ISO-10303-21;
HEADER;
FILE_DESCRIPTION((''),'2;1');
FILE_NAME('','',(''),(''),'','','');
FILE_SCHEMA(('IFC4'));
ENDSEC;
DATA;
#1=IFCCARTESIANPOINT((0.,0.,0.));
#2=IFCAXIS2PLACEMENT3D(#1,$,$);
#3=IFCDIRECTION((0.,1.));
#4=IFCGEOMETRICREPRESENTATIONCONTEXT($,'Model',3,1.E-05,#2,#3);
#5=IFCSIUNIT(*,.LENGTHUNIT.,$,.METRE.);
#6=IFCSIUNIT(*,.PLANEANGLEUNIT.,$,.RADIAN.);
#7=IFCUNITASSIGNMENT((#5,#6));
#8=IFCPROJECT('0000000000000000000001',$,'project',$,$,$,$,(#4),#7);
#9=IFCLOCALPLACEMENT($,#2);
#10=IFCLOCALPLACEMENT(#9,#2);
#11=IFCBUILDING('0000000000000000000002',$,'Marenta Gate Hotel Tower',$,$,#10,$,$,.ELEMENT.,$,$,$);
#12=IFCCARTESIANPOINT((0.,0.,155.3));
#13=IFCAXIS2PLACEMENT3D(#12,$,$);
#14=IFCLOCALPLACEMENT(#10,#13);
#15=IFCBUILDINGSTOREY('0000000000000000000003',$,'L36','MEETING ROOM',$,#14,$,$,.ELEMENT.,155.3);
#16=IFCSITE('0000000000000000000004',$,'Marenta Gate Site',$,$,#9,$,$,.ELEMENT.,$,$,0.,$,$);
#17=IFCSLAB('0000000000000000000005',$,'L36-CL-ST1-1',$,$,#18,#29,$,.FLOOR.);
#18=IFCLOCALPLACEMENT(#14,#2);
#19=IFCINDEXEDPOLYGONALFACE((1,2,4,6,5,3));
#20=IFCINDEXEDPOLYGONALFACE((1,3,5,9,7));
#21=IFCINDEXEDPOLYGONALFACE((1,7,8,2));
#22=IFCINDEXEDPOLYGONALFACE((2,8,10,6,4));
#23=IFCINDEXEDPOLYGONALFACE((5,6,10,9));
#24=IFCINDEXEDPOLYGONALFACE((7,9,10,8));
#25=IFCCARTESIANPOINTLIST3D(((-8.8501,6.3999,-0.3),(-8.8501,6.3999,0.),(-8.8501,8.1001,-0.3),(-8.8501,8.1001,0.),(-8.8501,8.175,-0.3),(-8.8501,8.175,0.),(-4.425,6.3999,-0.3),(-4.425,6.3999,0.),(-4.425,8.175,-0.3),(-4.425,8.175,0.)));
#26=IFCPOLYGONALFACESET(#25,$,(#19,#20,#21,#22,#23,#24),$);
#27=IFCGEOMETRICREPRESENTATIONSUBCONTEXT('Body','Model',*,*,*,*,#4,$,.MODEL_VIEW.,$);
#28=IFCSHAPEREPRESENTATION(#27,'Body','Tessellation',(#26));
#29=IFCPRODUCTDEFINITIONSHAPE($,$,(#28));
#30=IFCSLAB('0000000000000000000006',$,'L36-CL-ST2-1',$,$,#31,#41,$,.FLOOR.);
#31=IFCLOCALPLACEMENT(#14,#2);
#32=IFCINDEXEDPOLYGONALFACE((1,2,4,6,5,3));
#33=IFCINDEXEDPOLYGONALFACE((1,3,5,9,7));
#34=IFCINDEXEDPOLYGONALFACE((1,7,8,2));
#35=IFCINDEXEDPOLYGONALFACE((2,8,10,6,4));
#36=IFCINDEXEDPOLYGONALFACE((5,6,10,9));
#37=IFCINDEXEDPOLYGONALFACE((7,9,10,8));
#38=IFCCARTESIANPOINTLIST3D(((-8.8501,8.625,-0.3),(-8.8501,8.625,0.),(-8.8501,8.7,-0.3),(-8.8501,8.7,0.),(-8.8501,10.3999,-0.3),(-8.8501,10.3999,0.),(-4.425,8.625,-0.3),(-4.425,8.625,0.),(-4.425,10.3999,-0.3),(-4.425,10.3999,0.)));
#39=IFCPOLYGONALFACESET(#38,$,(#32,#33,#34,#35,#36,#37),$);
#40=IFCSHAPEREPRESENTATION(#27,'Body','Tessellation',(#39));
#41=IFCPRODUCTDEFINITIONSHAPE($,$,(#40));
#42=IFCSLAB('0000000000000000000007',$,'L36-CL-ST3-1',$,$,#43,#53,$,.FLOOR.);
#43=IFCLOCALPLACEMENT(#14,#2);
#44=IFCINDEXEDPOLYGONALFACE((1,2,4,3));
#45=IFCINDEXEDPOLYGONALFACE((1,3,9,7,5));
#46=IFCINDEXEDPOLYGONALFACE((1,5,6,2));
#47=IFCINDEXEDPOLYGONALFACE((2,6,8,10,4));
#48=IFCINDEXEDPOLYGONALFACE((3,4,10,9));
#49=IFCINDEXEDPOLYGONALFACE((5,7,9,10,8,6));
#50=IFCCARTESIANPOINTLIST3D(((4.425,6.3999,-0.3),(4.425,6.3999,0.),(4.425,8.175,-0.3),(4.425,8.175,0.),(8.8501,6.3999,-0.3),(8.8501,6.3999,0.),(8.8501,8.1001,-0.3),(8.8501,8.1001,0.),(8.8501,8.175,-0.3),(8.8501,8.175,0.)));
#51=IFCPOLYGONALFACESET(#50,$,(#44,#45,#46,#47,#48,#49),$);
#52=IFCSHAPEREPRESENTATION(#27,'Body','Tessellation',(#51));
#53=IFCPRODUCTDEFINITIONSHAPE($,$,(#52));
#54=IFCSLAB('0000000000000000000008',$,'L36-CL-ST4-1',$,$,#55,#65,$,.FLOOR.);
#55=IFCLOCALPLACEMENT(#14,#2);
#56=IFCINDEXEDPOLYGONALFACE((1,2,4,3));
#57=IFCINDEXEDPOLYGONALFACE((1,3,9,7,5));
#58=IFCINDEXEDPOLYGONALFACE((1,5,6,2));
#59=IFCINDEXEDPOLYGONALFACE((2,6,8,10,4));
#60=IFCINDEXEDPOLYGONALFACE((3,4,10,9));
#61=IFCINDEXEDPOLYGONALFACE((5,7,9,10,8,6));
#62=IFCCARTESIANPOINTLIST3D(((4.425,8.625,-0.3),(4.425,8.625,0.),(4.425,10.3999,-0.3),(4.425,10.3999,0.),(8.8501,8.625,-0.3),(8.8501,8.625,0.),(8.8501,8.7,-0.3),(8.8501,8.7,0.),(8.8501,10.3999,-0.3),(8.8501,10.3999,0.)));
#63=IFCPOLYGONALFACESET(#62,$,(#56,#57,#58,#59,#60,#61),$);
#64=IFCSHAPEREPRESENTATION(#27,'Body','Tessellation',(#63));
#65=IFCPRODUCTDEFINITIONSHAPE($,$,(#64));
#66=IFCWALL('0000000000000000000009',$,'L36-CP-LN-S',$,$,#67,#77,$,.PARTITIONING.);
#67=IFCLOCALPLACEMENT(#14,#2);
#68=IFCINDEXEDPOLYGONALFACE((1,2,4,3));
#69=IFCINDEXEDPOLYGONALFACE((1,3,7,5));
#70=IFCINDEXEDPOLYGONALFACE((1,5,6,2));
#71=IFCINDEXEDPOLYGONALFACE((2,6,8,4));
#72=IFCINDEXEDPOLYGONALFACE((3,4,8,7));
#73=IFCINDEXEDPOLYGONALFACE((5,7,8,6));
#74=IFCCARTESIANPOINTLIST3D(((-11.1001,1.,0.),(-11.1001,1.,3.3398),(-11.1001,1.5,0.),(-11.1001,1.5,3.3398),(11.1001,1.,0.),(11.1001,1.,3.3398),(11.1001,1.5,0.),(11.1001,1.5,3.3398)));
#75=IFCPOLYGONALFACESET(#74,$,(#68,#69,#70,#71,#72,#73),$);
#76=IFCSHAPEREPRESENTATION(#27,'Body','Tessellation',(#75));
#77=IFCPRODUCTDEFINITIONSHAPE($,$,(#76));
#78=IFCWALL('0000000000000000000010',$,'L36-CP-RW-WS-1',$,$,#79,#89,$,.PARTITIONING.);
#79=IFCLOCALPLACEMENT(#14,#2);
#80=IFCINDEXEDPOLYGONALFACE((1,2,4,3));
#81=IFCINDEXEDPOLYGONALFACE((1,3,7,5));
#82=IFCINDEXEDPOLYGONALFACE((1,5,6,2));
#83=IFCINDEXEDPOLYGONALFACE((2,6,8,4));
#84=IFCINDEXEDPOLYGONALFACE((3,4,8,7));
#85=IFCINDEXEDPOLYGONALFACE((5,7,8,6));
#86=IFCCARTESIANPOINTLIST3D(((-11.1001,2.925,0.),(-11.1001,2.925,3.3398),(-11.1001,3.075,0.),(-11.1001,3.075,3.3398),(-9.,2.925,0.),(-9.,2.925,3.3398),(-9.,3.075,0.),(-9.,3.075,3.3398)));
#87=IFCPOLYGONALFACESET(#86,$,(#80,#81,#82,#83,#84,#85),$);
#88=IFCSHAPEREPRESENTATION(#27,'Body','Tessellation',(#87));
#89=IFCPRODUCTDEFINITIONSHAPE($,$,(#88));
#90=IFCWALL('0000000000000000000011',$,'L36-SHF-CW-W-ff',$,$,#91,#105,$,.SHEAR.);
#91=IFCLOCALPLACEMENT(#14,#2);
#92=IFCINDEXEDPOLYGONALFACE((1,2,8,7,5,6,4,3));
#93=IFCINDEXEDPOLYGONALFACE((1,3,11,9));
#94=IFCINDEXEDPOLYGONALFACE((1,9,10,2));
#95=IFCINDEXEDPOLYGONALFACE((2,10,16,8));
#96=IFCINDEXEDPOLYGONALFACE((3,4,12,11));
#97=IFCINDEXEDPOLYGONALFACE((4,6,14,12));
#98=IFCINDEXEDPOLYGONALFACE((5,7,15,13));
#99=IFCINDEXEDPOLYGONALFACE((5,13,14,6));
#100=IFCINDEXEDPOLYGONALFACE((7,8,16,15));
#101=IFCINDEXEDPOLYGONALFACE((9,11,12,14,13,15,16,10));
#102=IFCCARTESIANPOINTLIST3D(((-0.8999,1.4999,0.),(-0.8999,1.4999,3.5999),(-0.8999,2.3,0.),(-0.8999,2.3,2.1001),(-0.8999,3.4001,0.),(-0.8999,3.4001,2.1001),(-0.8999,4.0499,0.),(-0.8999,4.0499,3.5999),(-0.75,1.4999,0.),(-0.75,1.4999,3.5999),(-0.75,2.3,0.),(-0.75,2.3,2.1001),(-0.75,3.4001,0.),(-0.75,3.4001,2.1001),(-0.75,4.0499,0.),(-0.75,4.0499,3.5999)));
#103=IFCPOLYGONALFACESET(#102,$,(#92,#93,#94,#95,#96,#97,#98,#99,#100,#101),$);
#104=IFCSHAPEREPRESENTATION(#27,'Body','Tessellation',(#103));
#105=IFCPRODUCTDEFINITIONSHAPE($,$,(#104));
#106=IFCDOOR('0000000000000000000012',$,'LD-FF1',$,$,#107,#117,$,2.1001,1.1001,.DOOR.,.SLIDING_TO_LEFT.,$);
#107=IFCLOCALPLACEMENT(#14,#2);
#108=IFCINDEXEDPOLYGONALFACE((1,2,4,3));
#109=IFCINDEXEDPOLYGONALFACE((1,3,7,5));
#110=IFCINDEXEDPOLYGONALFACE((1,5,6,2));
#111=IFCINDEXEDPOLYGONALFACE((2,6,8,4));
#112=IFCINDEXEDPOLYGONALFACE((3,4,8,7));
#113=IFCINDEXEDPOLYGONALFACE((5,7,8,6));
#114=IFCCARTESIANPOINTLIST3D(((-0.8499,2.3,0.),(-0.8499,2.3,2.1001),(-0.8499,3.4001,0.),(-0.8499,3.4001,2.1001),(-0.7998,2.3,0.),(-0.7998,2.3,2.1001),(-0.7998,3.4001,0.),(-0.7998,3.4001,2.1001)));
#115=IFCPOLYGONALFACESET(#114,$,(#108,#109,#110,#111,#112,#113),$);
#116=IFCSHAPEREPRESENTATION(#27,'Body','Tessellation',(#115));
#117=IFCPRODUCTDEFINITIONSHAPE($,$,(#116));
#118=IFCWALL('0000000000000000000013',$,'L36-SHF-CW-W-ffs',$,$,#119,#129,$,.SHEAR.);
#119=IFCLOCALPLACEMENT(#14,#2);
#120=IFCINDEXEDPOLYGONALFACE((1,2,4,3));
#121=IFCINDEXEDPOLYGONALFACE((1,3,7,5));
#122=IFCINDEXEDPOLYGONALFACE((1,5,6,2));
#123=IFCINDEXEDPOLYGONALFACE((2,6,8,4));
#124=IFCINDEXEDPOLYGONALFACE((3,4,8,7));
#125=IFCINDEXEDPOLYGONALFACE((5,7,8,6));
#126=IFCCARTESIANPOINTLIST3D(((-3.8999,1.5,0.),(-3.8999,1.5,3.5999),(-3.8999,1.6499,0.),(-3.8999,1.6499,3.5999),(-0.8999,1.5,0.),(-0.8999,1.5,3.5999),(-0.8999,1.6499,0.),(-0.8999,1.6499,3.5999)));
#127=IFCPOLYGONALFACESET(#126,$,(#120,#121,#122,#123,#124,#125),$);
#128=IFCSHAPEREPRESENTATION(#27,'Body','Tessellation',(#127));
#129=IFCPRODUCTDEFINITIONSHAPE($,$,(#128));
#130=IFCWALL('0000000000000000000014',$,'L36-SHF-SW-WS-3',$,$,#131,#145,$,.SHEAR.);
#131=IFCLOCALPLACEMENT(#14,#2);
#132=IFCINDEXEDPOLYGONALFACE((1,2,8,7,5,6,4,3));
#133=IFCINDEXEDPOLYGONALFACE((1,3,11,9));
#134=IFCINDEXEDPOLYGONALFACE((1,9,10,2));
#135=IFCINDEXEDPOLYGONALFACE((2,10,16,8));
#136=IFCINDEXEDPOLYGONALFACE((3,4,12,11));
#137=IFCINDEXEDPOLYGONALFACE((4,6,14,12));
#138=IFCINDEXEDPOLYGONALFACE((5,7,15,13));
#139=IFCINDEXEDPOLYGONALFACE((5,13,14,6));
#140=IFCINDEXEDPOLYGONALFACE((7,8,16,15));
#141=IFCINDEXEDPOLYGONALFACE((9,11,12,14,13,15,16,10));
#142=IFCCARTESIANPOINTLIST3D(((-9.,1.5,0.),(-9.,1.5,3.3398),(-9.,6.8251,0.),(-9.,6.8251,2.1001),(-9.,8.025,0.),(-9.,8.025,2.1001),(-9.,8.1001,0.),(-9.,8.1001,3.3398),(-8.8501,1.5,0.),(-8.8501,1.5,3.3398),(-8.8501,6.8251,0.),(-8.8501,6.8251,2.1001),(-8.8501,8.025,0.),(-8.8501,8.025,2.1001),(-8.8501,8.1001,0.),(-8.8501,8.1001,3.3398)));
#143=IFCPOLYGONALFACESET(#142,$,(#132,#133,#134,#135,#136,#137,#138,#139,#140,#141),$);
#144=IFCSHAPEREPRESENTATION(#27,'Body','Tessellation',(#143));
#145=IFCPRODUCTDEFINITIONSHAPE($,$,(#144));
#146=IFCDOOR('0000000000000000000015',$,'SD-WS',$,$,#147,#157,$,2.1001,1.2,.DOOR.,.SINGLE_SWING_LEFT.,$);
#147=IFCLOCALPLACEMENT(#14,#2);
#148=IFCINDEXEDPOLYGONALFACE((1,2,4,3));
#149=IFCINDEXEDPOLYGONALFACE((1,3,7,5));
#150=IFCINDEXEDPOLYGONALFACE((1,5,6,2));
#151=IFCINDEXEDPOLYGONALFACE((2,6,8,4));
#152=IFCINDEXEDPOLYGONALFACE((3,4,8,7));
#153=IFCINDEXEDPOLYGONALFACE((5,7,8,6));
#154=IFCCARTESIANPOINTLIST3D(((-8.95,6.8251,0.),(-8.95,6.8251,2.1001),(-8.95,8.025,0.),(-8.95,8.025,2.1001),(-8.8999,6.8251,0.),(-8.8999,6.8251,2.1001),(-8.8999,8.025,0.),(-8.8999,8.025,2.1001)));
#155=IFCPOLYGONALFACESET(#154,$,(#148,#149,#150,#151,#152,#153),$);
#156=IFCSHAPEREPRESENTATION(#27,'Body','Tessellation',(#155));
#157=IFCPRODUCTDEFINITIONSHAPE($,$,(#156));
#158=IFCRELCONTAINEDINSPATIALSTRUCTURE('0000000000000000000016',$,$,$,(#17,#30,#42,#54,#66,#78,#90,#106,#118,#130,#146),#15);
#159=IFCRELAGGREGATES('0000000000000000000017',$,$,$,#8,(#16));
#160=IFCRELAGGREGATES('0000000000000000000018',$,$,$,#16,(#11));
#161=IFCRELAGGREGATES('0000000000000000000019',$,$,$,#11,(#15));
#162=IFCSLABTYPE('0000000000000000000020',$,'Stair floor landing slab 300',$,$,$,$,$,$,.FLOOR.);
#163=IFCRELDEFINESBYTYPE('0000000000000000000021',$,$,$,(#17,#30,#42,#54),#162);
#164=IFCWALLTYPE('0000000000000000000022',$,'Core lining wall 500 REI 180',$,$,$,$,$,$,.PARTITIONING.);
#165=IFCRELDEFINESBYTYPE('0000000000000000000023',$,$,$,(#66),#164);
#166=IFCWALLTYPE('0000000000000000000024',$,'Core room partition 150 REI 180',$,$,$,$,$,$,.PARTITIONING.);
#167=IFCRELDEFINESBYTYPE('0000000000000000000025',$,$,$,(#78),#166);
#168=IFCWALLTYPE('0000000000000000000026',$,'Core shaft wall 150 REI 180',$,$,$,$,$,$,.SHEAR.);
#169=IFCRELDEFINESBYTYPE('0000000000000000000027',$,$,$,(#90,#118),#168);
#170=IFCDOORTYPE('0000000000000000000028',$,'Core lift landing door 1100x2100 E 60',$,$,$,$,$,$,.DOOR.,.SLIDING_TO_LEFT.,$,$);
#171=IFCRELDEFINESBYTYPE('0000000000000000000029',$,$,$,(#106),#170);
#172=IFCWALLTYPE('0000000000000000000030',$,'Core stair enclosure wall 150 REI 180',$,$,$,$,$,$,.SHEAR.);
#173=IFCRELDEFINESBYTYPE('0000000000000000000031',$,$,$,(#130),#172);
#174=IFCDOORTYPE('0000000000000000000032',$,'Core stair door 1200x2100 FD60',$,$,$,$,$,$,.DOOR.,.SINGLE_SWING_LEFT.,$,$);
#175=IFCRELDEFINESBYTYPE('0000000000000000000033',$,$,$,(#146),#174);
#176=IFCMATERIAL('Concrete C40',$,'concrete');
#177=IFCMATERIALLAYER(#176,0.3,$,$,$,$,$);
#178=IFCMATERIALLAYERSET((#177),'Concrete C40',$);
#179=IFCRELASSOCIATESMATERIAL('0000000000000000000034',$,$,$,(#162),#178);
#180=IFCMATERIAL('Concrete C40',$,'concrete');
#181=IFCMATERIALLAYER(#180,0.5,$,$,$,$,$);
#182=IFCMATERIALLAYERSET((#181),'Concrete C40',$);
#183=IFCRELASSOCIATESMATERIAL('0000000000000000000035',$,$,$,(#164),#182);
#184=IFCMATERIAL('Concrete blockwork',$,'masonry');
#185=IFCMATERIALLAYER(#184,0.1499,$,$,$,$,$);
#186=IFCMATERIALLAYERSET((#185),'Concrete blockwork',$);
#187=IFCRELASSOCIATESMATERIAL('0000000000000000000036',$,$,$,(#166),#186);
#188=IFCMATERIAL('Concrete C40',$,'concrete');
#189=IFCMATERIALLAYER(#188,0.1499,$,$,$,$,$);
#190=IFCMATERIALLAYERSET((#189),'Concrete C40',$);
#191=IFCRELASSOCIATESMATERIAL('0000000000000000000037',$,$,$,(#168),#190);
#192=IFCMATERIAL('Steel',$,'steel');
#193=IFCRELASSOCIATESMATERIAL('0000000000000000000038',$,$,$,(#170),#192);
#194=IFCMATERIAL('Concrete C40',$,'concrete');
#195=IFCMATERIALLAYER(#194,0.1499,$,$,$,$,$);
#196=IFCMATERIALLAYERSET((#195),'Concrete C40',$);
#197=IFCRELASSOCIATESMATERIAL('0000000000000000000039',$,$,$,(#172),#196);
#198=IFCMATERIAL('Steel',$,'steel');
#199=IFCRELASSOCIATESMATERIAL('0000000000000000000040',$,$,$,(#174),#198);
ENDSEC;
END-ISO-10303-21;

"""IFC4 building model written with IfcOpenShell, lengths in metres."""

from ifc_helpers import new_model, si_unit, direction, frame, frame_2d, origin, place, context, subcontext, project, spatial, polyline, rectangle, outline, extrude, material, layer, layer_set, type_object, element, fill, save


model = new_model("IFC4")

# Units and contexts
model_context = context("Model", 3, precision=1e-05, world=origin(), true_north=direction((0.0, 1.0)))
body_context = subcontext(model_context, "Body", "Model", "MODEL_VIEW")
ifc_project = project(units=[si_unit("LENGTHUNIT", "METRE"), si_unit("PLANEANGLEUNIT", "RADIAN")], contexts=[model_context])

# Site, building, storey
site_placement = place(None, origin())
site = spatial("IfcSite", under=ifc_project, at=site_placement, Name="Marenta Gate Site", CompositionType="ELEMENT", RefElevation=0.0)
building_placement = place(site_placement, origin())
building = spatial("IfcBuilding", under=site, at=building_placement, Name="Marenta Gate Hotel Tower", CompositionType="ELEMENT")
storey_placement = place(building_placement, frame((0.0, 0.0, 155.3)))
storey = spatial("IfcBuildingStorey", under=building, at=storey_placement, Name="L36", Description="MEETING ROOM", CompositionType="ELEMENT", Elevation=155.3)

# Slabs
ifc_material_1 = material(Name="Concrete C40", Category="concrete")
ifc_layer_1 = layer(ifc_material_1, 0.3)
ifc_layer_set_1 = layer_set([ifc_layer_1], Name="Concrete C40")
slab_type_1 = type_object("IfcSlabType", Name="Stair floor landing slab 300", PredefinedType="FLOOR", material=ifc_layer_set_1)
slab_1_placement = place(storey_placement, frame((0.0, 0.0, -0.3)))
element("IfcSlab", 1, at=slab_1_placement, inside=storey, type_object=slab_type_1, Name="L36-CL-ST1-1", PredefinedType="FLOOR", context=body_context, shape_type="SweptSolid", body=[
    extrude(outline(polyline([(-4.425, 6.3999), (-8.8501, 6.3999), (-8.8501, 8.1001), (-8.8501, 8.175), (-4.425, 8.175), (-4.425, 6.3999)])), origin(), (0.0, 0.0, 1.0), 0.3),
])
slab_2_placement = place(storey_placement, frame((0.0, 0.0, -0.3)))
element("IfcSlab", 2, at=slab_2_placement, inside=storey, type_object=slab_type_1, Name="L36-CL-ST2-1", PredefinedType="FLOOR", context=body_context, shape_type="SweptSolid", body=[
    extrude(outline(polyline([(-4.425, 8.625), (-8.8501, 8.625), (-8.8501, 8.7), (-8.8501, 10.3999), (-4.425, 10.3999), (-4.425, 8.625)])), origin(), (0.0, 0.0, 1.0), 0.3),
])
slab_3_placement = place(storey_placement, frame((0.0, 0.0, -0.3)))
element("IfcSlab", 3, at=slab_3_placement, inside=storey, type_object=slab_type_1, Name="L36-CL-ST3-1", PredefinedType="FLOOR", context=body_context, shape_type="SweptSolid", body=[
    extrude(outline(polyline([(4.425, 6.3999), (4.425, 8.175), (8.8501, 8.175), (8.8501, 8.1001), (8.8501, 6.3999), (4.425, 6.3999)])), origin(), (0.0, 0.0, 1.0), 0.3),
])
slab_4_placement = place(storey_placement, frame((0.0, 0.0, -0.3)))
element("IfcSlab", 4, at=slab_4_placement, inside=storey, type_object=slab_type_1, Name="L36-CL-ST4-1", PredefinedType="FLOOR", context=body_context, shape_type="SweptSolid", body=[
    extrude(outline(polyline([(4.425, 8.625), (4.425, 10.3999), (8.8501, 10.3999), (8.8501, 8.7), (8.8501, 8.625), (4.425, 8.625)])), origin(), (0.0, 0.0, 1.0), 0.3),
])

# Walls
ifc_material_2 = material(Name="Concrete C40", Category="concrete")
ifc_layer_2 = layer(ifc_material_2, 0.5)
ifc_layer_set_2 = layer_set([ifc_layer_2], Name="Concrete C40")
wall_type_1 = type_object("IfcWallType", Name="Core lining wall 500 REI 180", PredefinedType="PARTITIONING", material=ifc_layer_set_2)
wall_1_placement = place(storey_placement, frame((-11.1001, 1.25, 0.0), z_axis=(0.0, 0.0, 1.0), x_axis=(1.0, 0.0, 0.0)))
element("IfcWall", 5, at=wall_1_placement, inside=storey, type_object=wall_type_1, Name="L36-CP-LN-S", PredefinedType="PARTITIONING", context=body_context, shape_type="SweptSolid", body=[
    extrude(rectangle(XDim=22.2002, YDim=0.5, at=frame_2d((11.1001, 0.0))), origin(), (0.0, 0.0, 1.0), 3.3398),
])
ifc_material_3 = material(Name="Concrete blockwork", Category="masonry")
ifc_layer_3 = layer(ifc_material_3, 0.1499)
ifc_layer_set_3 = layer_set([ifc_layer_3], Name="Concrete blockwork")
wall_type_2 = type_object("IfcWallType", Name="Core room partition 150 REI 180", PredefinedType="PARTITIONING", material=ifc_layer_set_3)
wall_2_placement = place(storey_placement, frame((-11.1001, 3.0, 0.0), z_axis=(0.0, 0.0, 1.0), x_axis=(1.0, 0.0, 0.0)))
element("IfcWall", 6, at=wall_2_placement, inside=storey, type_object=wall_type_2, Name="L36-CP-RW-WS-1", PredefinedType="PARTITIONING", context=body_context, shape_type="SweptSolid", body=[
    extrude(rectangle(XDim=2.1001, YDim=0.1499, at=frame_2d((1.05, 0.0))), origin(), (0.0, 0.0, 1.0), 3.3398),
])

# Wall, opening, door
ifc_material_4 = material(Name="Concrete C40", Category="concrete")
ifc_layer_4 = layer(ifc_material_4, 0.1499)
ifc_layer_set_4 = layer_set([ifc_layer_4], Name="Concrete C40")
wall_type_3 = type_object("IfcWallType", Name="Core shaft wall 150 REI 180", PredefinedType="SHEAR", material=ifc_layer_set_4)
wall_3_placement = place(storey_placement, frame((-0.825, 1.5, 0.0), z_axis=(0.0, 0.0, 1.0), x_axis=(0.0, 1.0, 0.0)))
wall_3 = element("IfcWall", 7, at=wall_3_placement, inside=storey, type_object=wall_type_3, Name="L36-SHF-CW-W-ff", PredefinedType="SHEAR", context=body_context, shape_type="SweptSolid", body=[
    extrude(rectangle(XDim=2.55, YDim=0.1499, at=frame_2d((1.2749, 0.0))), origin(), (0.0, 0.0, 1.0), 3.5999),
])
opening_1_placement = place(wall_3_placement, frame((0.8, 0.0, 0.0)))
opening_1 = element("IfcOpeningElement", 8, at=opening_1_placement, cuts=wall_3, PredefinedType="OPENING", context=body_context, shape_type="SweptSolid", body=[
    extrude(rectangle(XDim=1.1001, YDim=2.1001, at=frame_2d((0.55, 1.05))), frame((0.0, 0.075, 0.0), z_axis=(0.0, -1.0, 0.0), x_axis=(1.0, 0.0, 0.0)), (0.0, 0.0, 1.0), 0.1499),
])
ifc_material_5 = material(Name="Steel", Category="steel")
door_type_1 = type_object("IfcDoorType", Name="Core lift landing door 1100x2100 E 60", OperationType="SLIDING_TO_LEFT", PredefinedType="DOOR", material=ifc_material_5)
door_1_placement = place(opening_1_placement, origin())
door_1 = element("IfcDoor", 9, at=door_1_placement, inside=storey, type_object=door_type_1, Name="LD-FF1", OperationType="SLIDING_TO_LEFT", OverallHeight=2.1001, OverallWidth=1.1001, PredefinedType="DOOR", context=body_context, shape_type="SweptSolid", body=[
    extrude(rectangle(XDim=1.1001, YDim=2.1001, at=frame_2d((0.55, 1.05))), frame((0.0, 0.0249, 0.0), z_axis=(0.0, -1.0, 0.0), x_axis=(1.0, 0.0, 0.0)), (0.0, 0.0, 1.0), 0.05),
])
fill(opening_1, door_1)

# Wall
wall_4_placement = place(storey_placement, frame((-3.8999, 1.575, 0.0), z_axis=(0.0, 0.0, 1.0), x_axis=(1.0, 0.0, 0.0)))
element("IfcWall", 10, at=wall_4_placement, inside=storey, type_object=wall_type_3, Name="L36-SHF-CW-W-ffs", PredefinedType="SHEAR", context=body_context, shape_type="SweptSolid", body=[
    extrude(rectangle(XDim=3.0, YDim=0.1499, at=frame_2d((1.5, 0.0))), origin(), (0.0, 0.0, 1.0), 3.5999),
])

# Wall, opening, door
ifc_material_6 = material(Name="Concrete C40", Category="concrete")
ifc_layer_5 = layer(ifc_material_6, 0.1499)
ifc_layer_set_5 = layer_set([ifc_layer_5], Name="Concrete C40")
wall_type_4 = type_object("IfcWallType", Name="Core stair enclosure wall 150 REI 180", PredefinedType="SHEAR", material=ifc_layer_set_5)
wall_5_placement = place(storey_placement, frame((-8.925, 1.5, 0.0), z_axis=(0.0, 0.0, 1.0), x_axis=(0.0, 1.0, 0.0)))
wall_5 = element("IfcWall", 11, at=wall_5_placement, inside=storey, type_object=wall_type_4, Name="L36-SHF-SW-WS-3", PredefinedType="SHEAR", context=body_context, shape_type="SweptSolid", body=[
    extrude(rectangle(XDim=6.6001, YDim=0.1499, at=frame_2d((3.3, 0.0))), origin(), (0.0, 0.0, 1.0), 3.3398),
])
opening_2_placement = place(wall_5_placement, frame((5.325, 0.0, 0.0)))
opening_2 = element("IfcOpeningElement", 12, at=opening_2_placement, cuts=wall_5, PredefinedType="OPENING", context=body_context, shape_type="SweptSolid", body=[
    extrude(rectangle(XDim=1.2, YDim=2.1001, at=frame_2d((0.6001, 1.05))), frame((0.0, 0.075, 0.0), z_axis=(0.0, -1.0, 0.0), x_axis=(1.0, 0.0, 0.0)), (0.0, 0.0, 1.0), 0.1499),
])
ifc_material_7 = material(Name="Steel", Category="steel")
door_type_2 = type_object("IfcDoorType", Name="Core stair door 1200x2100 FD60", OperationType="SINGLE_SWING_LEFT", PredefinedType="DOOR", material=ifc_material_7)
door_2_placement = place(opening_2_placement, origin())
door_2 = element("IfcDoor", 13, at=door_2_placement, inside=storey, type_object=door_type_2, Name="SD-WS", OperationType="SINGLE_SWING_LEFT", OverallHeight=2.1001, OverallWidth=1.2, PredefinedType="DOOR", context=body_context, shape_type="SweptSolid", body=[
    extrude(rectangle(XDim=1.2, YDim=2.1001, at=frame_2d((0.6001, 1.05))), frame((0.0, 0.0249, 0.0), z_axis=(0.0, -1.0, 0.0), x_axis=(1.0, 0.0, 0.0)), (0.0, 0.0, 1.0), 0.05),
])
fill(opening_2, door_2)

save(model, "model.ifc")
